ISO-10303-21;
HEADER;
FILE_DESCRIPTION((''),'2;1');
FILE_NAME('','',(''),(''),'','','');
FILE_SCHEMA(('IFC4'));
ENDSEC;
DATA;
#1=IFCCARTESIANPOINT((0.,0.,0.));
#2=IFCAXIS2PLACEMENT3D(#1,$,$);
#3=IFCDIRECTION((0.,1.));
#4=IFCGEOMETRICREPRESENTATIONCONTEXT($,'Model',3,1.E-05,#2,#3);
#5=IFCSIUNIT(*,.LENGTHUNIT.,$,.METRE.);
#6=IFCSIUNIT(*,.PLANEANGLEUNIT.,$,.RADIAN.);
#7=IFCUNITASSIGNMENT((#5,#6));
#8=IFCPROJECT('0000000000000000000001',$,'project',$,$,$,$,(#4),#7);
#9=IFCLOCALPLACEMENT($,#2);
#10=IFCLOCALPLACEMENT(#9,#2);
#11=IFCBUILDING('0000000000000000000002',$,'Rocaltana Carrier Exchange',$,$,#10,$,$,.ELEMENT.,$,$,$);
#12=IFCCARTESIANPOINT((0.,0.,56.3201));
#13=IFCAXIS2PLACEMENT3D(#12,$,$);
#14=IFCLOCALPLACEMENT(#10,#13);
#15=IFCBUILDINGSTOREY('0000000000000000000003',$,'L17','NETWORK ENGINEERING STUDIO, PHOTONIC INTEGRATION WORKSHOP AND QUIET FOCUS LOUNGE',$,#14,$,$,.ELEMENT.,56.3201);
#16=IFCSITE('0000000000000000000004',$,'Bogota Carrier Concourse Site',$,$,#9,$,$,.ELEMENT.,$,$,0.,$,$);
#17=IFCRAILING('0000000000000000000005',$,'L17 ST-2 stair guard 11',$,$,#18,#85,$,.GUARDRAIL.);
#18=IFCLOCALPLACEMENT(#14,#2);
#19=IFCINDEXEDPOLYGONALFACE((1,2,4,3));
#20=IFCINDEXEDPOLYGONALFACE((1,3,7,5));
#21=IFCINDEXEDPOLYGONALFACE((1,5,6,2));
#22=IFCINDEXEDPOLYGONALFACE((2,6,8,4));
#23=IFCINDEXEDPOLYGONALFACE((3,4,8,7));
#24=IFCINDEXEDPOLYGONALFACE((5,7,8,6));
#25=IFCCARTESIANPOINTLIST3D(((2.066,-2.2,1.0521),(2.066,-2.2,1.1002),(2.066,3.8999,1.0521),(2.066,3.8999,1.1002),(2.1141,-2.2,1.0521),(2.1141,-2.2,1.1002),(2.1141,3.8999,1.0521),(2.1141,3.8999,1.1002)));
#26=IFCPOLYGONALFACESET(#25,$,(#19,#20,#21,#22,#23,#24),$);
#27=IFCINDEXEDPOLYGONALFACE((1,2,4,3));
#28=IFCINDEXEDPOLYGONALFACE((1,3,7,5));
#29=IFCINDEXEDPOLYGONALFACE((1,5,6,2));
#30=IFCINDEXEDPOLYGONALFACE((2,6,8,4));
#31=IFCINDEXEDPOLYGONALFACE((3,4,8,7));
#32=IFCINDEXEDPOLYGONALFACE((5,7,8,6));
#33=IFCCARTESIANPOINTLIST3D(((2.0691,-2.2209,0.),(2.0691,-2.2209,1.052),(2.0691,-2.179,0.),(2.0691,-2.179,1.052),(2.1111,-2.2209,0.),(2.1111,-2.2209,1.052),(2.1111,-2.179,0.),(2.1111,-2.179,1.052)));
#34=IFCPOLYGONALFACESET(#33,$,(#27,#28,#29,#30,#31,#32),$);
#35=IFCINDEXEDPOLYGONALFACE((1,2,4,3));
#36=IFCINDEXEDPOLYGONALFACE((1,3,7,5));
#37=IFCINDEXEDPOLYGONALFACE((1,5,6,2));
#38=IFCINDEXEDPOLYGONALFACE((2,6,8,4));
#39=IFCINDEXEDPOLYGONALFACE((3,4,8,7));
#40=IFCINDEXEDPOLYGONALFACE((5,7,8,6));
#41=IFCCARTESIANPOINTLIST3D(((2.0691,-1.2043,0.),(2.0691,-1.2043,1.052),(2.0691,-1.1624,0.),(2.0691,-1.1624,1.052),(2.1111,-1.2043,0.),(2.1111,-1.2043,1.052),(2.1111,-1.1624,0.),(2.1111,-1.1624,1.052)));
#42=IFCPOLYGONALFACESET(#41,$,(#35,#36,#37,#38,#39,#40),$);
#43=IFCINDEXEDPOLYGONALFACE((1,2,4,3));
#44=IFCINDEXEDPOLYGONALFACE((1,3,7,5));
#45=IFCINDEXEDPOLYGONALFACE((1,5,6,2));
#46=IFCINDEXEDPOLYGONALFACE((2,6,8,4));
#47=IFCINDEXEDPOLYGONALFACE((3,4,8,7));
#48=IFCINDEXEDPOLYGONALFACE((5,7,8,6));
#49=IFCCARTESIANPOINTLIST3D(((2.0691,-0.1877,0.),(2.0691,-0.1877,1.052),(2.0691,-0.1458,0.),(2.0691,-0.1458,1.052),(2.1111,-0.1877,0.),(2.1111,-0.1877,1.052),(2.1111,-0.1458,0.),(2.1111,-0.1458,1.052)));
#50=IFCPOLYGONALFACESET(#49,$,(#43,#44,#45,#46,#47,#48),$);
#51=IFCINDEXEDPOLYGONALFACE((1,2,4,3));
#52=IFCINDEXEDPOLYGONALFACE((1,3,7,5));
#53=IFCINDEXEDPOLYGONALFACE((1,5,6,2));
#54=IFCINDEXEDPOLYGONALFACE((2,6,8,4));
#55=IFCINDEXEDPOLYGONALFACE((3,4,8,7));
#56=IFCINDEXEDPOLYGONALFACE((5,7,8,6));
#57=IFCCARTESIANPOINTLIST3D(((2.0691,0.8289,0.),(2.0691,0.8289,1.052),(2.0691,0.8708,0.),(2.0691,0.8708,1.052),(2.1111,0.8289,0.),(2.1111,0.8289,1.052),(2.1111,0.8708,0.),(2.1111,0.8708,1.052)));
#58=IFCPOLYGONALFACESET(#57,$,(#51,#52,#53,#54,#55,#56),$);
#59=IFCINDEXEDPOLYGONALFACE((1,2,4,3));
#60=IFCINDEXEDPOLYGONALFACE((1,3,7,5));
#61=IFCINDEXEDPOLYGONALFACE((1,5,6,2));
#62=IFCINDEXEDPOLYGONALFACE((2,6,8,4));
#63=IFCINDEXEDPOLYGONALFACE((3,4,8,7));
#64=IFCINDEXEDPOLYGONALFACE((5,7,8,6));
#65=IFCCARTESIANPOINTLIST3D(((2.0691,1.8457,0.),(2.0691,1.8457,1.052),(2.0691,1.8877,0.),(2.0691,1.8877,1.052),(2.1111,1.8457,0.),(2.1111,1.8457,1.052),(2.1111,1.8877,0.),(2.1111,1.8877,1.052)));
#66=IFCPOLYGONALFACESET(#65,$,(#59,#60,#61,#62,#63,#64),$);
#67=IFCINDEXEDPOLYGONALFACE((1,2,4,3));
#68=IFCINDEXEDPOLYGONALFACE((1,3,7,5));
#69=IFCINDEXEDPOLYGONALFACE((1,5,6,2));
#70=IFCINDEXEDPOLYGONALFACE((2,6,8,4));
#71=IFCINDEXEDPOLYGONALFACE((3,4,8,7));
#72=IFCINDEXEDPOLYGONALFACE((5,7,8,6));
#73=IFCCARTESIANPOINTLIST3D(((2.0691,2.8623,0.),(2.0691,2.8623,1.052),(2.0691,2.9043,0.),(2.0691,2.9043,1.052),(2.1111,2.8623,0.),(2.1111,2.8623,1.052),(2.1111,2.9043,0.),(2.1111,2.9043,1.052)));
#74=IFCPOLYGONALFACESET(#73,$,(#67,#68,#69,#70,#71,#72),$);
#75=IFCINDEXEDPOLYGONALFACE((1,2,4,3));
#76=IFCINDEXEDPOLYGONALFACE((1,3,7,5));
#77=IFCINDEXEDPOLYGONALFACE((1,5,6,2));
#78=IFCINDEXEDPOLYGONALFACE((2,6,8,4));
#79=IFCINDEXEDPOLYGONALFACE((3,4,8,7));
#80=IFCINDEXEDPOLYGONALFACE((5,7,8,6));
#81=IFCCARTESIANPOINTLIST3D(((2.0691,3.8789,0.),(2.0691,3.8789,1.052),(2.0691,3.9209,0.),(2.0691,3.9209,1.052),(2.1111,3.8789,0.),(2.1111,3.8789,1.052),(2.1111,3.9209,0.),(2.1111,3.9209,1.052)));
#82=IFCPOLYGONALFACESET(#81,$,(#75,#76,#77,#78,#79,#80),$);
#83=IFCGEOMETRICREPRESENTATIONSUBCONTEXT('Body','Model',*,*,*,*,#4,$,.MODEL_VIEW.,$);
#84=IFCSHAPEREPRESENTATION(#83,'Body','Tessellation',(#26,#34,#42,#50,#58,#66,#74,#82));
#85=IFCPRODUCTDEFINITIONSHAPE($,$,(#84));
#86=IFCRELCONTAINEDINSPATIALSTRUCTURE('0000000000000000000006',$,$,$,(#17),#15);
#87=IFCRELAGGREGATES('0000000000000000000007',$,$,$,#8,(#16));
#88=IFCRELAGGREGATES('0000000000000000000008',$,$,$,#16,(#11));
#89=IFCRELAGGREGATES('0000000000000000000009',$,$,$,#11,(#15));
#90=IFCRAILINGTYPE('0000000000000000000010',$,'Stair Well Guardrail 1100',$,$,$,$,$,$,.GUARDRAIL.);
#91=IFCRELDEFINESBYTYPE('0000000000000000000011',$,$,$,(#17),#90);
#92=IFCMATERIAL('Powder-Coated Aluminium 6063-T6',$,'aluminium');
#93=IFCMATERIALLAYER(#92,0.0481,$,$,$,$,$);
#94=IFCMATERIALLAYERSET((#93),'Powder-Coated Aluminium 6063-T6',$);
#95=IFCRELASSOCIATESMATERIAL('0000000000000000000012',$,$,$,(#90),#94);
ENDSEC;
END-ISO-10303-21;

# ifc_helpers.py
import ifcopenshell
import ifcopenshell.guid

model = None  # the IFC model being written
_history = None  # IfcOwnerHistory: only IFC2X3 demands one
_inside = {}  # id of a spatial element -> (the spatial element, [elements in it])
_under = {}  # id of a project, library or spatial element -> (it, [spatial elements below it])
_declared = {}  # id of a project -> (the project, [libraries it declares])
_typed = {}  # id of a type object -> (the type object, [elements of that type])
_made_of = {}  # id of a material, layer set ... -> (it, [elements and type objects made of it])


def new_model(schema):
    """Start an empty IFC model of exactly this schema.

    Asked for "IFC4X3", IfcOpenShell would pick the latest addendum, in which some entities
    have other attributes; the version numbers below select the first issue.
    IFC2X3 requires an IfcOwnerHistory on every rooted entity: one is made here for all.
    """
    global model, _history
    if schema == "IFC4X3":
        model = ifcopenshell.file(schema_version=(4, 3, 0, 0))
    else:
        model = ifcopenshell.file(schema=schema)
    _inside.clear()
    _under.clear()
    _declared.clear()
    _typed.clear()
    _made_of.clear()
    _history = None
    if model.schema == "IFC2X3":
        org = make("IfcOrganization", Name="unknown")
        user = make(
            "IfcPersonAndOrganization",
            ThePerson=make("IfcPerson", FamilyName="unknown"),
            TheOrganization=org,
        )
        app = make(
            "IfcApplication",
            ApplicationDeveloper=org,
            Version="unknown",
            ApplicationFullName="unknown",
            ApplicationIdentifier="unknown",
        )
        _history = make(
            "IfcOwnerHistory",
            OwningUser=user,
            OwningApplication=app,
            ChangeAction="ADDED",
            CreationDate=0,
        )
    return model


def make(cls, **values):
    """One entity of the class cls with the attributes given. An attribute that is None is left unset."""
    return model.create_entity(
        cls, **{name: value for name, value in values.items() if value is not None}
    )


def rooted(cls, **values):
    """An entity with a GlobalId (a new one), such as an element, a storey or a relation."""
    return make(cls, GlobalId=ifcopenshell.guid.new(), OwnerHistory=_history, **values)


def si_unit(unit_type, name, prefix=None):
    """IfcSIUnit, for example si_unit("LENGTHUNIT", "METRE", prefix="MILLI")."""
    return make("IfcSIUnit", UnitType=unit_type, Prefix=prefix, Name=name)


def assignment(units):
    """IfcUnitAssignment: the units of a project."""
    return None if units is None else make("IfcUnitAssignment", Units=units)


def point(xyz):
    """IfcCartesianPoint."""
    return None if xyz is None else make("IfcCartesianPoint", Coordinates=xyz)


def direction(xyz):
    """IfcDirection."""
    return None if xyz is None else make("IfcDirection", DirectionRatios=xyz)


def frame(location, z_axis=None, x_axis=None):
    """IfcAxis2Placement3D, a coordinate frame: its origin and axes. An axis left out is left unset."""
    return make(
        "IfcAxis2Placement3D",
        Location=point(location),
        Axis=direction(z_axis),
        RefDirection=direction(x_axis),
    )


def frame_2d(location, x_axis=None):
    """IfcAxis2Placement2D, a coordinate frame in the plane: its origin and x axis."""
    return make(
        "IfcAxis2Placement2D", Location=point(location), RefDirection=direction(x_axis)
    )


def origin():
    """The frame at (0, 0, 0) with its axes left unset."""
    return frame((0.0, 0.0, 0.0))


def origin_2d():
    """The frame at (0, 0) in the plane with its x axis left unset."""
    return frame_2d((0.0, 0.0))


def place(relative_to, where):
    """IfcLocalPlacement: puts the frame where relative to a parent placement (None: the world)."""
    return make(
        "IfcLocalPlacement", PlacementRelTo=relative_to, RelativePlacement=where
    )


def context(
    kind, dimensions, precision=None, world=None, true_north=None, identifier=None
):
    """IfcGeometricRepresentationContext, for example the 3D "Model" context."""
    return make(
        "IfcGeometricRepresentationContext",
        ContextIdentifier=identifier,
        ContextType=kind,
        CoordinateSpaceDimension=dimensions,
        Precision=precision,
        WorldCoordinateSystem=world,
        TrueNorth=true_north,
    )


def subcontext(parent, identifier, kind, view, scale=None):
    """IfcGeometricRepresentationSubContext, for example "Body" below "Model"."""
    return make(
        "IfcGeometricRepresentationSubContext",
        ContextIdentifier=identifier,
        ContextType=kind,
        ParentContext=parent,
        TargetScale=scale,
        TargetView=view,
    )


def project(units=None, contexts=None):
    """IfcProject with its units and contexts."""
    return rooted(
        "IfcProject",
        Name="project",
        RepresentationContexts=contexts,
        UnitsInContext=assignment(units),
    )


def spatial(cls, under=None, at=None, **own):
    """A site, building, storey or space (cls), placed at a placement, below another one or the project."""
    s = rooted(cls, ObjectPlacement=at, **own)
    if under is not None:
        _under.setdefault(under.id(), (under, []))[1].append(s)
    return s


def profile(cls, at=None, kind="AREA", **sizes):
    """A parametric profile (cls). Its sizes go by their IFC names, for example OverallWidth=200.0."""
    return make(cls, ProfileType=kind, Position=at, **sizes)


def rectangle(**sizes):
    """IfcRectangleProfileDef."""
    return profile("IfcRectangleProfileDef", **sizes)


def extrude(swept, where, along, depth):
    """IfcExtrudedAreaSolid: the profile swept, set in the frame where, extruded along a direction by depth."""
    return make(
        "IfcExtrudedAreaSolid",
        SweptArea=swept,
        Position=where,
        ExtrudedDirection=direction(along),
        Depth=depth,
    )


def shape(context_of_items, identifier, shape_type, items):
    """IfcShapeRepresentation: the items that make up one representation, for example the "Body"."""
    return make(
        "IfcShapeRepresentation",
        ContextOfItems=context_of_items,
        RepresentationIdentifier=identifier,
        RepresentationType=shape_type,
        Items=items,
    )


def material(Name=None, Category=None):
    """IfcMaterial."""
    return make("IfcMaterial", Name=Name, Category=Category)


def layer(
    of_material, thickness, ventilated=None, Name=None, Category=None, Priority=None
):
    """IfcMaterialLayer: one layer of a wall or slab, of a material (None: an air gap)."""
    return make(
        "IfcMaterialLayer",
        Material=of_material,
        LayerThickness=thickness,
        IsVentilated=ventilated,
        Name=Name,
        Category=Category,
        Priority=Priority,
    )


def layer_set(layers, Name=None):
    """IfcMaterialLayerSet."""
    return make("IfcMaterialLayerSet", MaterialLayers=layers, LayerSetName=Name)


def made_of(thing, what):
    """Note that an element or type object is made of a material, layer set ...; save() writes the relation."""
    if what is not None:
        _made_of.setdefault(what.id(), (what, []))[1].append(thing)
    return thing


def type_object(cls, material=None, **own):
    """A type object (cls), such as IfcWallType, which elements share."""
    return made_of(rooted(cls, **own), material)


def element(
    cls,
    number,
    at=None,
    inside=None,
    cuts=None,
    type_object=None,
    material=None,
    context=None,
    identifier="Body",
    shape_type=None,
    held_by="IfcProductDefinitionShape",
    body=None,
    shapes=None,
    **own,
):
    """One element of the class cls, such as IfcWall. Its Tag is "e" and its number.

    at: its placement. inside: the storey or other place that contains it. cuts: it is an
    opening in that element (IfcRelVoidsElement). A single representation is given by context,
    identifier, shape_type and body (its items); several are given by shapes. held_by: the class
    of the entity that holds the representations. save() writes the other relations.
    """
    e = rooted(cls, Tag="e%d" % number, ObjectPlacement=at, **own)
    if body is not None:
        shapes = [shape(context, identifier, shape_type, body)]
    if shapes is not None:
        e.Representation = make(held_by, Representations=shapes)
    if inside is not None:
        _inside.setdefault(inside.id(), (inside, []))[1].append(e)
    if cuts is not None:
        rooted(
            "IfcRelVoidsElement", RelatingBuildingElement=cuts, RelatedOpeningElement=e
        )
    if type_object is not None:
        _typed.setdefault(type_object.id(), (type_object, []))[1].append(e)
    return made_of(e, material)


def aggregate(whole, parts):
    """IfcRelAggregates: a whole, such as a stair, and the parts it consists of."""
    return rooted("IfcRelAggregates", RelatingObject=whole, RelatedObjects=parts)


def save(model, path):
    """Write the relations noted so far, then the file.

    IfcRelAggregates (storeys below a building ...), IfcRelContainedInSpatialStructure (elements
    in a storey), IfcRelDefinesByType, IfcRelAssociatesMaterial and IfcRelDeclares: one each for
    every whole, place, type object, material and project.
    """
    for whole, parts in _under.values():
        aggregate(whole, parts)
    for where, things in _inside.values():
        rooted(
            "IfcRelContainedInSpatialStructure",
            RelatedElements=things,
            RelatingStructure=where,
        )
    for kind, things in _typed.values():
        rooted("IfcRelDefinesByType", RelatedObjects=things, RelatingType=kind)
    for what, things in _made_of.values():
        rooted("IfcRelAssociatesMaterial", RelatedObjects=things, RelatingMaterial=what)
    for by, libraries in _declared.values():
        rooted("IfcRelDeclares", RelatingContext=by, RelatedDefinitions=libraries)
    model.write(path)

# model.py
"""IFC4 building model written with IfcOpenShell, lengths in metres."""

from ifc_helpers import new_model, si_unit, direction, frame, origin, origin_2d, place, context, subcontext, project, spatial, rectangle, extrude, material, layer, layer_set, type_object, element, save


model = new_model("IFC4")

# Units and contexts
model_context = context("Model", 3, precision=1e-05, world=origin(), true_north=direction((0.0, 1.0)))
body_context = subcontext(model_context, "Body", "Model", "MODEL_VIEW")
ifc_project = project(units=[si_unit("LENGTHUNIT", "METRE"), si_unit("PLANEANGLEUNIT", "RADIAN")], contexts=[model_context])

# Site, building, storey
site_placement = place(None, origin())
site = spatial("IfcSite", under=ifc_project, at=site_placement, Name="Bogota Carrier Concourse Site", CompositionType="ELEMENT", RefElevation=0.0)
building_placement = place(site_placement, origin())
building = spatial("IfcBuilding", under=site, at=building_placement, Name="Rocaltana Carrier Exchange", CompositionType="ELEMENT")
storey_placement = place(building_placement, frame((0.0, 0.0, 56.3201)))
storey = spatial("IfcBuildingStorey", under=building, at=storey_placement, Name="L17", Description="NETWORK ENGINEERING STUDIO, PHOTONIC INTEGRATION WORKSHOP AND QUIET FOCUS LOUNGE", CompositionType="ELEMENT", Elevation=56.3201)

# Railing
ifc_material_1 = material(Name="Powder-Coated Aluminium 6063-T6", Category="aluminium")
ifc_layer_1 = layer(ifc_material_1, 0.0481)
ifc_layer_set_1 = layer_set([ifc_layer_1], Name="Powder-Coated Aluminium 6063-T6")
railing_type_1 = type_object("IfcRailingType", Name="Stair Well Guardrail 1100", PredefinedType="GUARDRAIL", material=ifc_layer_set_1)
for number, where, name in (
    (1, (2.0901, -2.2, 0.0), "L17 ST-2 stair guard 11"),
):
    element("IfcRailing", number, at=place(storey_placement, frame(where)), inside=storey, type_object=railing_type_1, Name=name, PredefinedType="GUARDRAIL", context=body_context, shape_type="SweptSolid", body=[
        extrude(rectangle(XDim=0.0481, YDim=0.0481, at=origin_2d()), frame((0.0, 0.0, 1.0762), z_axis=(0.0, 1.0, 0.0), x_axis=(-1.0, 0.0, 0.0)), (0.0, 0.0, 1.0), 6.0999),
        extrude(rectangle(XDim=0.042, YDim=0.042, at=origin_2d()), origin(), (0.0, 0.0, 1.0), 1.052),
        extrude(rectangle(XDim=0.042, YDim=0.042, at=origin_2d()), frame((0.0, 1.0166, 0.0)), (0.0, 0.0, 1.0), 1.052),
        extrude(rectangle(XDim=0.042, YDim=0.042, at=origin_2d()), frame((0.0, 2.0332, 0.0)), (0.0, 0.0, 1.0), 1.052),
        extrude(rectangle(XDim=0.042, YDim=0.042, at=origin_2d()), frame((0.0, 3.0498, 0.0)), (0.0, 0.0, 1.0), 1.052),
        extrude(rectangle(XDim=0.042, YDim=0.042, at=origin_2d()), frame((0.0, 4.0667, 0.0)), (0.0, 0.0, 1.0), 1.052),
        extrude(rectangle(XDim=0.042, YDim=0.042, at=origin_2d()), frame((0.0, 5.0833, 0.0)), (0.0, 0.0, 1.0), 1.052),
        extrude(rectangle(XDim=0.042, YDim=0.042, at=origin_2d()), frame((0.0, 6.0999, 0.0)), (0.0, 0.0, 1.0), 1.052),
    ])

save(model, "model.ifc")
